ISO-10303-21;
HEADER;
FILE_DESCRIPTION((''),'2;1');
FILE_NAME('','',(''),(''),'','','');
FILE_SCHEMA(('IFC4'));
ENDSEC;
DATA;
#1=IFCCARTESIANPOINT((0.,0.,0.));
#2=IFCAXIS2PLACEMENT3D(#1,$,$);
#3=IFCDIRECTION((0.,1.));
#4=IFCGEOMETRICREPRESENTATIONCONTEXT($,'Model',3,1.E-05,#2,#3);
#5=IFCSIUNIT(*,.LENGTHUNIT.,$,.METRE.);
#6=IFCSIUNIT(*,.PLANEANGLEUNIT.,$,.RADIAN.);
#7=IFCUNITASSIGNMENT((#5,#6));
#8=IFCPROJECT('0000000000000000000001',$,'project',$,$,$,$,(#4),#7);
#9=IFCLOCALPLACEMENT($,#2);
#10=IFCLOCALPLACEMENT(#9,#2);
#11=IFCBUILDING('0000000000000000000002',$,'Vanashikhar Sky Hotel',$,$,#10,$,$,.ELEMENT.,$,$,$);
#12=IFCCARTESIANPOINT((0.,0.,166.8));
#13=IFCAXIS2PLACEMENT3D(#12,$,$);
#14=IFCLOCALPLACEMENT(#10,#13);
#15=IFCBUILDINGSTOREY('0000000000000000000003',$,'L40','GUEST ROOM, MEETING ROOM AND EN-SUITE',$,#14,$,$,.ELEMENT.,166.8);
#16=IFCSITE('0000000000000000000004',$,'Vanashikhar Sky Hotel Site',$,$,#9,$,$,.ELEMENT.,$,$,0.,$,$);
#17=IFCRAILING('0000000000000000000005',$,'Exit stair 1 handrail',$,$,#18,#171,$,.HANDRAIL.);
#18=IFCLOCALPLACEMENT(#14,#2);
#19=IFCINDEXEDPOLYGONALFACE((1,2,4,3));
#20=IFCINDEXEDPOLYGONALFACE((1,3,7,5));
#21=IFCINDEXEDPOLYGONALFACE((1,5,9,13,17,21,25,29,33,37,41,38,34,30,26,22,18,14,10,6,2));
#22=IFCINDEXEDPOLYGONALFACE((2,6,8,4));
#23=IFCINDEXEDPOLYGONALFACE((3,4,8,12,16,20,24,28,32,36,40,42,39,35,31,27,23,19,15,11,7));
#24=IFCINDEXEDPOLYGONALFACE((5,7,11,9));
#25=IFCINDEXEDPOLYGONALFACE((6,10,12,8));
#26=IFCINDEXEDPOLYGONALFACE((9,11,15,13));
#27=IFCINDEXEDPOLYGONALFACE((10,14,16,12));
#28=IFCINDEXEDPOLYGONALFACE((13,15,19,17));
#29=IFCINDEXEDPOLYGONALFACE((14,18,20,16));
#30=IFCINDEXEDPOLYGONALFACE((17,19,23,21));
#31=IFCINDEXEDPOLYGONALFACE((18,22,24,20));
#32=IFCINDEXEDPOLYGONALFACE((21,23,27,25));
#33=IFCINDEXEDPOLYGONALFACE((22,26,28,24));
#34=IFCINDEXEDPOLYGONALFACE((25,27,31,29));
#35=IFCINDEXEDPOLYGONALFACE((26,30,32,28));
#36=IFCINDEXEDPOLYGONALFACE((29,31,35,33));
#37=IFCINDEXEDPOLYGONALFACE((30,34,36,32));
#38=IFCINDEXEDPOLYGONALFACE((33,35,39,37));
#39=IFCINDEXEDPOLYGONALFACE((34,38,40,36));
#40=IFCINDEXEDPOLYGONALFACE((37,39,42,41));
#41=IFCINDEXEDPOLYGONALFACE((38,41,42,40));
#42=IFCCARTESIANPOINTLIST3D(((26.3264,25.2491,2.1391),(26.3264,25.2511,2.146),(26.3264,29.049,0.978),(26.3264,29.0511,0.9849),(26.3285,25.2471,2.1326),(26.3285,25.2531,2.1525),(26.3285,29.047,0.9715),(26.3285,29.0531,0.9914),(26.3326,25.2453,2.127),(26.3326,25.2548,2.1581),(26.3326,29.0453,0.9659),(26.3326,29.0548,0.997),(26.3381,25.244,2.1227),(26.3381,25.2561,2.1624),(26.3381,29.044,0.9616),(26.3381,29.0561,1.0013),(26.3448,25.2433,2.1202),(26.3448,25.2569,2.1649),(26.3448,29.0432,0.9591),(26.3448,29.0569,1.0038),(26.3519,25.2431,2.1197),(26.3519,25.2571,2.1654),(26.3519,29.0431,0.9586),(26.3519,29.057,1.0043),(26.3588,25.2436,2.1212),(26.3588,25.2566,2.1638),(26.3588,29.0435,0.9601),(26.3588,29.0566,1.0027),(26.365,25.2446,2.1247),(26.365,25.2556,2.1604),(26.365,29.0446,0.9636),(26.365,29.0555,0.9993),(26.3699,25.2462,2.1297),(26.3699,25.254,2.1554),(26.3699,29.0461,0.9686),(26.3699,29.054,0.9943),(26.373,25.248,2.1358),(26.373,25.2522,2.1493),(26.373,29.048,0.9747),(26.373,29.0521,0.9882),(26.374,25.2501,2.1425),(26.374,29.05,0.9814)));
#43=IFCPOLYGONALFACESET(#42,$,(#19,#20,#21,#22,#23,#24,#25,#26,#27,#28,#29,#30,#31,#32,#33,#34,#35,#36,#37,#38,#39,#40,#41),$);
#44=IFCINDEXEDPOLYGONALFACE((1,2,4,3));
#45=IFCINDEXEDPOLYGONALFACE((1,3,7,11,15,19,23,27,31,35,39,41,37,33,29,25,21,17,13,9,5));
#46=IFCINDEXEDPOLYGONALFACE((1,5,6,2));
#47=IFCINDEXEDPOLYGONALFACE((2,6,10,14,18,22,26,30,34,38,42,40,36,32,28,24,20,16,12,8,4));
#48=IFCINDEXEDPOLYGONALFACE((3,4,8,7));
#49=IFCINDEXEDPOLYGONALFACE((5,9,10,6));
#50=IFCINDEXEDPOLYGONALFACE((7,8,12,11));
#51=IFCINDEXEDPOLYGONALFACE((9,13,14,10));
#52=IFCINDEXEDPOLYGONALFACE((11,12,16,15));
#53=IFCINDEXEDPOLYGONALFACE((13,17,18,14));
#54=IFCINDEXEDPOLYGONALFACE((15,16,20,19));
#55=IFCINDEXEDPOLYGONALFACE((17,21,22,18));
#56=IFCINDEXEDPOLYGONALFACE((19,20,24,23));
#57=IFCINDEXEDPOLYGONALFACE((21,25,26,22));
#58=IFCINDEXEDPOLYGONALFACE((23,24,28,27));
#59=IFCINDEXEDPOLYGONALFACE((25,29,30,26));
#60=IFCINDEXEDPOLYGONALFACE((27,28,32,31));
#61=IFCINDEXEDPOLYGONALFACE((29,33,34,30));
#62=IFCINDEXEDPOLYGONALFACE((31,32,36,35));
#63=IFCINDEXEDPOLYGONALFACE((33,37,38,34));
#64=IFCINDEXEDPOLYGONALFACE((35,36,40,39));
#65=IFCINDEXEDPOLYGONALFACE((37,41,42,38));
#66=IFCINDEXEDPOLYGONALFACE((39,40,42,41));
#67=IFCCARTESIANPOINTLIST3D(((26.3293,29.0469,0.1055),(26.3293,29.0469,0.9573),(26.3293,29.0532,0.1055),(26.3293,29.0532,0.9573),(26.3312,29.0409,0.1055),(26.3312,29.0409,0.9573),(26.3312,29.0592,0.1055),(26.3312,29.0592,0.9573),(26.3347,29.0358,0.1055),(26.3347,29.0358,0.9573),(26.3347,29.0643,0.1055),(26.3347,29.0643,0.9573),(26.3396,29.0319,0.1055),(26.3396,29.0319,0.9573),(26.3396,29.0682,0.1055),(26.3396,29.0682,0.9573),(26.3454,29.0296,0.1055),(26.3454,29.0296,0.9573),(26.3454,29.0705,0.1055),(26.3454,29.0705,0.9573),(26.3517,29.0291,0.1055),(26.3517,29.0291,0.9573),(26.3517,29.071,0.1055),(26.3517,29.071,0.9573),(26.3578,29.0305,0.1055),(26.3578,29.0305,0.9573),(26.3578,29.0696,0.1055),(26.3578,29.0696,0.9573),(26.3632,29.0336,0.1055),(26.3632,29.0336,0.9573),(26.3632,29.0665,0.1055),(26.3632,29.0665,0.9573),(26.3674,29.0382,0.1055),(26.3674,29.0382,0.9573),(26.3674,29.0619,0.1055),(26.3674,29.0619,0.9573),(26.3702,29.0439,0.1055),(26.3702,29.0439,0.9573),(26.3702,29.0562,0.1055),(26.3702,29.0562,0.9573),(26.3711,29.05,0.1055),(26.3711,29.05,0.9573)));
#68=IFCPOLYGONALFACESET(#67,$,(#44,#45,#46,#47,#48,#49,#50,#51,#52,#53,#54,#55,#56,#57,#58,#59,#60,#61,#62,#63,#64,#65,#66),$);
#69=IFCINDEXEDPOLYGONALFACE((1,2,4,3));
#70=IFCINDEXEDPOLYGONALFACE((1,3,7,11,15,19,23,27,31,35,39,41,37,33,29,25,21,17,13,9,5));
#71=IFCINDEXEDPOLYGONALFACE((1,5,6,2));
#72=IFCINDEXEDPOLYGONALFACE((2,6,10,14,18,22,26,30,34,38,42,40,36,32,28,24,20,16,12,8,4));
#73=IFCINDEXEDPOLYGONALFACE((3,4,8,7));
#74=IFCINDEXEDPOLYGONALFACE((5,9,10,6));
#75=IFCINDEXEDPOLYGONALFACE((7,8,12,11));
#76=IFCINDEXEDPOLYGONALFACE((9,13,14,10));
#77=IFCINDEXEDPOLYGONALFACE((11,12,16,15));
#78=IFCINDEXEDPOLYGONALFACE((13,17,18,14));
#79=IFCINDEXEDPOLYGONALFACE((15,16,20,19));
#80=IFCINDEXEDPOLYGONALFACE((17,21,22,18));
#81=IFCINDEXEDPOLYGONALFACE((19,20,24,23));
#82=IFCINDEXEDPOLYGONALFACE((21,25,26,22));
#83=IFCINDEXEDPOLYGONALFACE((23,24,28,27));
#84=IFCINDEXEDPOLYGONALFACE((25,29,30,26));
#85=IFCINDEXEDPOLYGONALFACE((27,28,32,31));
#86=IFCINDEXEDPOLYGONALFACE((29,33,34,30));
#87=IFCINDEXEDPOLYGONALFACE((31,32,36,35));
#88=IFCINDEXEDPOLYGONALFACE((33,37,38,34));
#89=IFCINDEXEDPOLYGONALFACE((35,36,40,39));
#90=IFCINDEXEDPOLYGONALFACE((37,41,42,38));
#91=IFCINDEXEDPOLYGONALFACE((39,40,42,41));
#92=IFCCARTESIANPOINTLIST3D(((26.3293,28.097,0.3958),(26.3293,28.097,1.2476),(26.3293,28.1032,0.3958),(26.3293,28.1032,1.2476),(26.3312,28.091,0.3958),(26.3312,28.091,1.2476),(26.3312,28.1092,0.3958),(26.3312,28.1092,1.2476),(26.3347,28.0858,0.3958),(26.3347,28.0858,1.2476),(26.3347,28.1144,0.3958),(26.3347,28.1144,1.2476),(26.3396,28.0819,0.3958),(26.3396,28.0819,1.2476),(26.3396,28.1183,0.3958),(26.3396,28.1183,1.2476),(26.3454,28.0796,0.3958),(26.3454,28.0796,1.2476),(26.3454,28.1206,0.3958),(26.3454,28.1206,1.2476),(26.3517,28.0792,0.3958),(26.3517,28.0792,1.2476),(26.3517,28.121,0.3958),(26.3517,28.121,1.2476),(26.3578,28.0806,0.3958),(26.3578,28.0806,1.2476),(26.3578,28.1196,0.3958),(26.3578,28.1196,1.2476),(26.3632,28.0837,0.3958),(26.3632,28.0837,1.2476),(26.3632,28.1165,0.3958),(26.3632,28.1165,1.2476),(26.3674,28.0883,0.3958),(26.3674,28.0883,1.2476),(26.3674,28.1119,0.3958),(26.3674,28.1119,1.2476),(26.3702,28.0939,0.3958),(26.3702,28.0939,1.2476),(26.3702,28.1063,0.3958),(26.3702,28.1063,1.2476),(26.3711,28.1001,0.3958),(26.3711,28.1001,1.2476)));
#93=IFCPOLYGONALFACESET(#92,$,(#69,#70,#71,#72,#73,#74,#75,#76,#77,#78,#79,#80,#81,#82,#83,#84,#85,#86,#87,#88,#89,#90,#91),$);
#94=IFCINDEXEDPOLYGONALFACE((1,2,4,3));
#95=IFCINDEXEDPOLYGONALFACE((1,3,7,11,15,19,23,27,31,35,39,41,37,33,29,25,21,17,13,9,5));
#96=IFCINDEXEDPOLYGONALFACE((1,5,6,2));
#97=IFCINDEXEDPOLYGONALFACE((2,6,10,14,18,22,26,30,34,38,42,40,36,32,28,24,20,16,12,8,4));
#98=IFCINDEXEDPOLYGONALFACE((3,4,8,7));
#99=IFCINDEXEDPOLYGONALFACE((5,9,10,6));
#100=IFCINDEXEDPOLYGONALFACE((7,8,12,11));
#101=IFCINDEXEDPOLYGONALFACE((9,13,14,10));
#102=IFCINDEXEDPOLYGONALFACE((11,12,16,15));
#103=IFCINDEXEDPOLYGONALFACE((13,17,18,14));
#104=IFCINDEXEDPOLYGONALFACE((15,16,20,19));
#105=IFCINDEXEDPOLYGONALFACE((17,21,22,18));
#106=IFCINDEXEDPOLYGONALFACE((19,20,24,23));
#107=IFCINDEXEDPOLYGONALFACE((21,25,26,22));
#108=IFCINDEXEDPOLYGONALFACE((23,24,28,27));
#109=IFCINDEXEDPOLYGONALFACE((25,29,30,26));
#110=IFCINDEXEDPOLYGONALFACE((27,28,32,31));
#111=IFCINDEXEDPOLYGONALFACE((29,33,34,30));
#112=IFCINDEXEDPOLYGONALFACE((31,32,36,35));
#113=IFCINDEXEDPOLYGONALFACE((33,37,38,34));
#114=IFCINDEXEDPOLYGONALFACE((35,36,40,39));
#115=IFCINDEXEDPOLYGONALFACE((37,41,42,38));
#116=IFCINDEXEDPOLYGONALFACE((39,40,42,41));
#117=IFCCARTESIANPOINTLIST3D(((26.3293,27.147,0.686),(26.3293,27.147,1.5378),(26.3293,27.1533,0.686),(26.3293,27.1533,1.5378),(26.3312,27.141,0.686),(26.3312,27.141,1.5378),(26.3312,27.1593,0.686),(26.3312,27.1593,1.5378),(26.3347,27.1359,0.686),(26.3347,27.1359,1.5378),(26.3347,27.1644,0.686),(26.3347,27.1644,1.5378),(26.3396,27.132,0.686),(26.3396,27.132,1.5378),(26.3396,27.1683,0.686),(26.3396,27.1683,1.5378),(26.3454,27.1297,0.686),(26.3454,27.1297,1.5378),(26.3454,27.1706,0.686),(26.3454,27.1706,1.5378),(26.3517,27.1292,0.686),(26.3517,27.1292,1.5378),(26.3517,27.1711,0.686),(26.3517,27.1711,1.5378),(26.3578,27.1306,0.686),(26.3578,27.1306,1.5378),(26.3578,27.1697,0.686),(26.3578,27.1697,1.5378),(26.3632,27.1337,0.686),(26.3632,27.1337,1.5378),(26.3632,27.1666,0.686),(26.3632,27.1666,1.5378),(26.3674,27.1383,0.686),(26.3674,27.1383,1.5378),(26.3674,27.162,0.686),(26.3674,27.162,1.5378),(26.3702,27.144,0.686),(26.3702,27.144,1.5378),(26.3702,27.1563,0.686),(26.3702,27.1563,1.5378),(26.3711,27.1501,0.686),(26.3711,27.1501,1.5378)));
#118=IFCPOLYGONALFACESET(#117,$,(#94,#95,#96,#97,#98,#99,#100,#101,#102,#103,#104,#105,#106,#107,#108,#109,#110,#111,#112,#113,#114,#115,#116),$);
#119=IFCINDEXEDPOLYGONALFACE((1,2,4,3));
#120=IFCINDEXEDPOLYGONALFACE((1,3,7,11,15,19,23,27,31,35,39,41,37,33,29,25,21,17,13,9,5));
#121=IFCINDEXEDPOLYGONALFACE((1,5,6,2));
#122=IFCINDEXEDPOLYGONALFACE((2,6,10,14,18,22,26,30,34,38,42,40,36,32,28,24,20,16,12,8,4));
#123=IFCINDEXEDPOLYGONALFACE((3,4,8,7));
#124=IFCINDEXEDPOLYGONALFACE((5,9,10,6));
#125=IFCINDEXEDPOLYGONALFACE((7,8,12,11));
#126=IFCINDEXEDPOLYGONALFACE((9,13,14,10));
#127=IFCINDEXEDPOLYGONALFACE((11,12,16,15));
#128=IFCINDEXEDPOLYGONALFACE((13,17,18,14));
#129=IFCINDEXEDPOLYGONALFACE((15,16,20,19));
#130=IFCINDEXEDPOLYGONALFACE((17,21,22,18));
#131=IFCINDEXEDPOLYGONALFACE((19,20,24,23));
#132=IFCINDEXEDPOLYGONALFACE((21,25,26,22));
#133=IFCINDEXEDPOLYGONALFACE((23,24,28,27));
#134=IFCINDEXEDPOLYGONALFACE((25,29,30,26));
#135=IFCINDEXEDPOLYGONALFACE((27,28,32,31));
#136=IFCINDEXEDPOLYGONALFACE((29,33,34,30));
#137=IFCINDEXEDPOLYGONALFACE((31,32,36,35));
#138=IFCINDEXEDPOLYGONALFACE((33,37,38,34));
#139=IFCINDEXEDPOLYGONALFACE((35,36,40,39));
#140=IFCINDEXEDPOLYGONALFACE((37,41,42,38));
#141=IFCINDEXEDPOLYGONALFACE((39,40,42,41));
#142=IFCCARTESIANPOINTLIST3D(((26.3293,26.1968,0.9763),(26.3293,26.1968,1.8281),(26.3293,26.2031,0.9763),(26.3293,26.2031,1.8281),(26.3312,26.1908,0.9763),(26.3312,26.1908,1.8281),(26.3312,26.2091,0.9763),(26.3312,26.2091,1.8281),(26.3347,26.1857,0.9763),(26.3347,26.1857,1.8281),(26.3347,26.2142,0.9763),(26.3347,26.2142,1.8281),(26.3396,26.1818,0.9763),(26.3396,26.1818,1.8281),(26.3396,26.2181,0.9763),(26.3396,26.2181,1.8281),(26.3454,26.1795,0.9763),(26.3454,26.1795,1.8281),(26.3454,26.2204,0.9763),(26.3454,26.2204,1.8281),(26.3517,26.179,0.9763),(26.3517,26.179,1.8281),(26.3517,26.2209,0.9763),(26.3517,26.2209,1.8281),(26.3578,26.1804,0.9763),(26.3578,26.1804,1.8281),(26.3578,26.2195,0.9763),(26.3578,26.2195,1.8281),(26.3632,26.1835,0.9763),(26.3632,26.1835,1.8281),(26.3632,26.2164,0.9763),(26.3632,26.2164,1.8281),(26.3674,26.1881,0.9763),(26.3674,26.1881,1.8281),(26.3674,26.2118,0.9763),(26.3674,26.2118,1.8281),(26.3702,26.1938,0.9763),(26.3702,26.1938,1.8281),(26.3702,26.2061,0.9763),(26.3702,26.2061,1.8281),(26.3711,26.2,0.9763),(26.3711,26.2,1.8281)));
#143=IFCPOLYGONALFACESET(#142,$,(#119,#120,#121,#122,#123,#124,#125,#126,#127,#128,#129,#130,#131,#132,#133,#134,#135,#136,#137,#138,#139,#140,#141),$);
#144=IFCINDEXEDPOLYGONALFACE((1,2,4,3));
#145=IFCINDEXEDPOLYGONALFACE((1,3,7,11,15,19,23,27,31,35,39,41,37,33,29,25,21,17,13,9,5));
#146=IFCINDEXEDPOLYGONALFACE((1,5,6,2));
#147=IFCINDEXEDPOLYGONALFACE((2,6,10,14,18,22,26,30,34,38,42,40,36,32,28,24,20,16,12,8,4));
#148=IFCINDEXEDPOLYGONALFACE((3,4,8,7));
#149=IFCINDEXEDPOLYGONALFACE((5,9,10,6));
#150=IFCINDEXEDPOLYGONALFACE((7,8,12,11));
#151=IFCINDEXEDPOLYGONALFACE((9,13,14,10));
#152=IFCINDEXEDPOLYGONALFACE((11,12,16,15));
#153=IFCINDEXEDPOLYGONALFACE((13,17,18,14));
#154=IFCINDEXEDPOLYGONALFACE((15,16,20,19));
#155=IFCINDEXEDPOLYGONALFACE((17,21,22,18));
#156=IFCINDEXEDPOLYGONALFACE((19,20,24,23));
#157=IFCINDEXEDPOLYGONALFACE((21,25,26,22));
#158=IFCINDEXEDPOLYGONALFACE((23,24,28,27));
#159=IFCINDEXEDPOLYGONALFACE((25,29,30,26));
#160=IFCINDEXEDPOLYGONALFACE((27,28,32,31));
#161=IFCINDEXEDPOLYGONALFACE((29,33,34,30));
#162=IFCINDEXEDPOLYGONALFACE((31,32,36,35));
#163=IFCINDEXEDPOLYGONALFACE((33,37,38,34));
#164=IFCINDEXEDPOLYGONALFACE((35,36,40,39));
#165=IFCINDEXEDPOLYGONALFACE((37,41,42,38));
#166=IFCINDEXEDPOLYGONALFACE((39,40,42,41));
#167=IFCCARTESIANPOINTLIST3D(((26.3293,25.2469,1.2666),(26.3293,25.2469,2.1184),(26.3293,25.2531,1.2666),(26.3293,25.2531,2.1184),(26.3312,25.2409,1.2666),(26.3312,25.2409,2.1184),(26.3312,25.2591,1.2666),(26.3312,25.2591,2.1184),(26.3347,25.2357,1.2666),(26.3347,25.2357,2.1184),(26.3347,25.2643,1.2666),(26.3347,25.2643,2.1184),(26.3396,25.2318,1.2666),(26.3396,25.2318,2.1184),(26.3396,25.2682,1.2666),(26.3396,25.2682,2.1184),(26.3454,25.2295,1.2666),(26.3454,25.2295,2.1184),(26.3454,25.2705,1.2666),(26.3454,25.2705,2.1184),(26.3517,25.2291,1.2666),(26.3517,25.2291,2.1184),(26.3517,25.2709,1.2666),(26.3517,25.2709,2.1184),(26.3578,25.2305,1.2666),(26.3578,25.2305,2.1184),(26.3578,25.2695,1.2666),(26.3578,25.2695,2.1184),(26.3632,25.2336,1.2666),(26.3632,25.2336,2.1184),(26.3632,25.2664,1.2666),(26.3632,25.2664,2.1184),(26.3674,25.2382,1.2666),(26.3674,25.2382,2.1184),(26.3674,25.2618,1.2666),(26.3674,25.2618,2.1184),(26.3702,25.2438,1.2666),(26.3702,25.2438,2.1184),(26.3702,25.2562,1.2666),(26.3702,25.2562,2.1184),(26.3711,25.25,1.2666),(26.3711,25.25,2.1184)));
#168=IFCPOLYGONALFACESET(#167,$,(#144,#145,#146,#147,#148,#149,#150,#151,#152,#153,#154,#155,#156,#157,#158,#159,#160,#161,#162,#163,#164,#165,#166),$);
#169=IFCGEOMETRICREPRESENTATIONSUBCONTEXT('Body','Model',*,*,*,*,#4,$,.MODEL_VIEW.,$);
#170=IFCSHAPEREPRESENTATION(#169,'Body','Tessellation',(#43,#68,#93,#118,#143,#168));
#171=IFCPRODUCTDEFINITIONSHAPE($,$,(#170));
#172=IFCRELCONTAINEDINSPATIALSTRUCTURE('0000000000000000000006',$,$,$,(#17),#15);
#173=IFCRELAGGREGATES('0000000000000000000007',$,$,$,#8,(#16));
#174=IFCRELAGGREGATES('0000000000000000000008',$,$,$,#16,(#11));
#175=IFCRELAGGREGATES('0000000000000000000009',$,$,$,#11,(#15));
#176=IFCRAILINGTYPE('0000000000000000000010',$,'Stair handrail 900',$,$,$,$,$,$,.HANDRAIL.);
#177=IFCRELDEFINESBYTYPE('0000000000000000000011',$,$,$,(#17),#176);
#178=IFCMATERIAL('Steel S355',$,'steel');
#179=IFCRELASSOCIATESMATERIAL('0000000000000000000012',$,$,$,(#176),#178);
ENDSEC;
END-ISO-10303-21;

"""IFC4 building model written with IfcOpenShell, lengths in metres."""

from ifc_helpers import new_model, si_unit, direction, frame, origin, origin_2d, place, context, subcontext, project, spatial, circle, extrude, source, transform, mapped, material, type_object, element, save


model = new_model("IFC4")

# Units and contexts
model_context = context("Model", 3, precision=1e-05, world=origin(), true_north=direction((0.0, 1.0)))
body_context = subcontext(model_context, "Body", "Model", "MODEL_VIEW")
ifc_project = project(units=[si_unit("LENGTHUNIT", "METRE"), si_unit("PLANEANGLEUNIT", "RADIAN")], contexts=[model_context])

# Site, building, storey
site_placement = place(None, origin())
site = spatial("IfcSite", under=ifc_project, at=site_placement, Name="Vanashikhar Sky Hotel Site", CompositionType="ELEMENT", RefElevation=0.0)
building_placement = place(site_placement, origin())
building = spatial("IfcBuilding", under=site, at=building_placement, Name="Vanashikhar Sky Hotel", CompositionType="ELEMENT")
storey_placement = place(building_placement, frame((0.0, 0.0, 166.8)))
storey = spatial("IfcBuildingStorey", under=building, at=storey_placement, Name="L40", Description="GUEST ROOM, MEETING ROOM AND EN-SUITE", CompositionType="ELEMENT", Elevation=166.8)

# Railing
ifc_material_1 = material(Name="Steel S355", Category="steel")
railing_type_1 = type_object("IfcRailingType", Name="Stair handrail 900", PredefinedType="HANDRAIL", material=ifc_material_1)
shared_shape_1 = source(origin(), body_context, "Body", "SweptSolid", [
    extrude(circle(Radius=0.0239, at=origin_2d()), frame((0.0, 0.0, 0.876), z_axis=(0.0, -0.956351, 0.29222), x_axis=(1.0, 0.0, 0.0)), (0.0, 0.0, 1.0), 3.9734),
    extrude(circle(Radius=0.021, at=origin_2d()), origin(), (0.0, 0.0, 1.0), 0.8518),
    extrude(circle(Radius=0.021, at=origin_2d()), frame((0.0, -0.95, 0.2903)), (0.0, 0.0, 1.0), 0.8518),
    extrude(circle(Radius=0.021, at=origin_2d()), frame((0.0, -1.8999, 0.5806)), (0.0, 0.0, 1.0), 0.8518),
    extrude(circle(Radius=0.021, at=origin_2d()), frame((0.0, -2.8501, 0.8708)), (0.0, 0.0, 1.0), 0.8518),
    extrude(circle(Radius=0.021, at=origin_2d()), frame((0.0, -3.8, 1.1611)), (0.0, 0.0, 1.0), 0.8518),
])
for number, where, name in (
    (1, (26.3501, 29.05, 0.1055), "Exit stair 1 handrail"),
):
    element("IfcRailing", number, at=place(storey_placement, frame(where)), inside=storey, type_object=railing_type_1, Name=name, PredefinedType="HANDRAIL", context=body_context, shape_type="MappedRepresentation", body=[
        mapped(shared_shape_1, transform((0.0, 0.0, 0.0), scale=1.0)),
    ])

save(model, "model.ifc")
